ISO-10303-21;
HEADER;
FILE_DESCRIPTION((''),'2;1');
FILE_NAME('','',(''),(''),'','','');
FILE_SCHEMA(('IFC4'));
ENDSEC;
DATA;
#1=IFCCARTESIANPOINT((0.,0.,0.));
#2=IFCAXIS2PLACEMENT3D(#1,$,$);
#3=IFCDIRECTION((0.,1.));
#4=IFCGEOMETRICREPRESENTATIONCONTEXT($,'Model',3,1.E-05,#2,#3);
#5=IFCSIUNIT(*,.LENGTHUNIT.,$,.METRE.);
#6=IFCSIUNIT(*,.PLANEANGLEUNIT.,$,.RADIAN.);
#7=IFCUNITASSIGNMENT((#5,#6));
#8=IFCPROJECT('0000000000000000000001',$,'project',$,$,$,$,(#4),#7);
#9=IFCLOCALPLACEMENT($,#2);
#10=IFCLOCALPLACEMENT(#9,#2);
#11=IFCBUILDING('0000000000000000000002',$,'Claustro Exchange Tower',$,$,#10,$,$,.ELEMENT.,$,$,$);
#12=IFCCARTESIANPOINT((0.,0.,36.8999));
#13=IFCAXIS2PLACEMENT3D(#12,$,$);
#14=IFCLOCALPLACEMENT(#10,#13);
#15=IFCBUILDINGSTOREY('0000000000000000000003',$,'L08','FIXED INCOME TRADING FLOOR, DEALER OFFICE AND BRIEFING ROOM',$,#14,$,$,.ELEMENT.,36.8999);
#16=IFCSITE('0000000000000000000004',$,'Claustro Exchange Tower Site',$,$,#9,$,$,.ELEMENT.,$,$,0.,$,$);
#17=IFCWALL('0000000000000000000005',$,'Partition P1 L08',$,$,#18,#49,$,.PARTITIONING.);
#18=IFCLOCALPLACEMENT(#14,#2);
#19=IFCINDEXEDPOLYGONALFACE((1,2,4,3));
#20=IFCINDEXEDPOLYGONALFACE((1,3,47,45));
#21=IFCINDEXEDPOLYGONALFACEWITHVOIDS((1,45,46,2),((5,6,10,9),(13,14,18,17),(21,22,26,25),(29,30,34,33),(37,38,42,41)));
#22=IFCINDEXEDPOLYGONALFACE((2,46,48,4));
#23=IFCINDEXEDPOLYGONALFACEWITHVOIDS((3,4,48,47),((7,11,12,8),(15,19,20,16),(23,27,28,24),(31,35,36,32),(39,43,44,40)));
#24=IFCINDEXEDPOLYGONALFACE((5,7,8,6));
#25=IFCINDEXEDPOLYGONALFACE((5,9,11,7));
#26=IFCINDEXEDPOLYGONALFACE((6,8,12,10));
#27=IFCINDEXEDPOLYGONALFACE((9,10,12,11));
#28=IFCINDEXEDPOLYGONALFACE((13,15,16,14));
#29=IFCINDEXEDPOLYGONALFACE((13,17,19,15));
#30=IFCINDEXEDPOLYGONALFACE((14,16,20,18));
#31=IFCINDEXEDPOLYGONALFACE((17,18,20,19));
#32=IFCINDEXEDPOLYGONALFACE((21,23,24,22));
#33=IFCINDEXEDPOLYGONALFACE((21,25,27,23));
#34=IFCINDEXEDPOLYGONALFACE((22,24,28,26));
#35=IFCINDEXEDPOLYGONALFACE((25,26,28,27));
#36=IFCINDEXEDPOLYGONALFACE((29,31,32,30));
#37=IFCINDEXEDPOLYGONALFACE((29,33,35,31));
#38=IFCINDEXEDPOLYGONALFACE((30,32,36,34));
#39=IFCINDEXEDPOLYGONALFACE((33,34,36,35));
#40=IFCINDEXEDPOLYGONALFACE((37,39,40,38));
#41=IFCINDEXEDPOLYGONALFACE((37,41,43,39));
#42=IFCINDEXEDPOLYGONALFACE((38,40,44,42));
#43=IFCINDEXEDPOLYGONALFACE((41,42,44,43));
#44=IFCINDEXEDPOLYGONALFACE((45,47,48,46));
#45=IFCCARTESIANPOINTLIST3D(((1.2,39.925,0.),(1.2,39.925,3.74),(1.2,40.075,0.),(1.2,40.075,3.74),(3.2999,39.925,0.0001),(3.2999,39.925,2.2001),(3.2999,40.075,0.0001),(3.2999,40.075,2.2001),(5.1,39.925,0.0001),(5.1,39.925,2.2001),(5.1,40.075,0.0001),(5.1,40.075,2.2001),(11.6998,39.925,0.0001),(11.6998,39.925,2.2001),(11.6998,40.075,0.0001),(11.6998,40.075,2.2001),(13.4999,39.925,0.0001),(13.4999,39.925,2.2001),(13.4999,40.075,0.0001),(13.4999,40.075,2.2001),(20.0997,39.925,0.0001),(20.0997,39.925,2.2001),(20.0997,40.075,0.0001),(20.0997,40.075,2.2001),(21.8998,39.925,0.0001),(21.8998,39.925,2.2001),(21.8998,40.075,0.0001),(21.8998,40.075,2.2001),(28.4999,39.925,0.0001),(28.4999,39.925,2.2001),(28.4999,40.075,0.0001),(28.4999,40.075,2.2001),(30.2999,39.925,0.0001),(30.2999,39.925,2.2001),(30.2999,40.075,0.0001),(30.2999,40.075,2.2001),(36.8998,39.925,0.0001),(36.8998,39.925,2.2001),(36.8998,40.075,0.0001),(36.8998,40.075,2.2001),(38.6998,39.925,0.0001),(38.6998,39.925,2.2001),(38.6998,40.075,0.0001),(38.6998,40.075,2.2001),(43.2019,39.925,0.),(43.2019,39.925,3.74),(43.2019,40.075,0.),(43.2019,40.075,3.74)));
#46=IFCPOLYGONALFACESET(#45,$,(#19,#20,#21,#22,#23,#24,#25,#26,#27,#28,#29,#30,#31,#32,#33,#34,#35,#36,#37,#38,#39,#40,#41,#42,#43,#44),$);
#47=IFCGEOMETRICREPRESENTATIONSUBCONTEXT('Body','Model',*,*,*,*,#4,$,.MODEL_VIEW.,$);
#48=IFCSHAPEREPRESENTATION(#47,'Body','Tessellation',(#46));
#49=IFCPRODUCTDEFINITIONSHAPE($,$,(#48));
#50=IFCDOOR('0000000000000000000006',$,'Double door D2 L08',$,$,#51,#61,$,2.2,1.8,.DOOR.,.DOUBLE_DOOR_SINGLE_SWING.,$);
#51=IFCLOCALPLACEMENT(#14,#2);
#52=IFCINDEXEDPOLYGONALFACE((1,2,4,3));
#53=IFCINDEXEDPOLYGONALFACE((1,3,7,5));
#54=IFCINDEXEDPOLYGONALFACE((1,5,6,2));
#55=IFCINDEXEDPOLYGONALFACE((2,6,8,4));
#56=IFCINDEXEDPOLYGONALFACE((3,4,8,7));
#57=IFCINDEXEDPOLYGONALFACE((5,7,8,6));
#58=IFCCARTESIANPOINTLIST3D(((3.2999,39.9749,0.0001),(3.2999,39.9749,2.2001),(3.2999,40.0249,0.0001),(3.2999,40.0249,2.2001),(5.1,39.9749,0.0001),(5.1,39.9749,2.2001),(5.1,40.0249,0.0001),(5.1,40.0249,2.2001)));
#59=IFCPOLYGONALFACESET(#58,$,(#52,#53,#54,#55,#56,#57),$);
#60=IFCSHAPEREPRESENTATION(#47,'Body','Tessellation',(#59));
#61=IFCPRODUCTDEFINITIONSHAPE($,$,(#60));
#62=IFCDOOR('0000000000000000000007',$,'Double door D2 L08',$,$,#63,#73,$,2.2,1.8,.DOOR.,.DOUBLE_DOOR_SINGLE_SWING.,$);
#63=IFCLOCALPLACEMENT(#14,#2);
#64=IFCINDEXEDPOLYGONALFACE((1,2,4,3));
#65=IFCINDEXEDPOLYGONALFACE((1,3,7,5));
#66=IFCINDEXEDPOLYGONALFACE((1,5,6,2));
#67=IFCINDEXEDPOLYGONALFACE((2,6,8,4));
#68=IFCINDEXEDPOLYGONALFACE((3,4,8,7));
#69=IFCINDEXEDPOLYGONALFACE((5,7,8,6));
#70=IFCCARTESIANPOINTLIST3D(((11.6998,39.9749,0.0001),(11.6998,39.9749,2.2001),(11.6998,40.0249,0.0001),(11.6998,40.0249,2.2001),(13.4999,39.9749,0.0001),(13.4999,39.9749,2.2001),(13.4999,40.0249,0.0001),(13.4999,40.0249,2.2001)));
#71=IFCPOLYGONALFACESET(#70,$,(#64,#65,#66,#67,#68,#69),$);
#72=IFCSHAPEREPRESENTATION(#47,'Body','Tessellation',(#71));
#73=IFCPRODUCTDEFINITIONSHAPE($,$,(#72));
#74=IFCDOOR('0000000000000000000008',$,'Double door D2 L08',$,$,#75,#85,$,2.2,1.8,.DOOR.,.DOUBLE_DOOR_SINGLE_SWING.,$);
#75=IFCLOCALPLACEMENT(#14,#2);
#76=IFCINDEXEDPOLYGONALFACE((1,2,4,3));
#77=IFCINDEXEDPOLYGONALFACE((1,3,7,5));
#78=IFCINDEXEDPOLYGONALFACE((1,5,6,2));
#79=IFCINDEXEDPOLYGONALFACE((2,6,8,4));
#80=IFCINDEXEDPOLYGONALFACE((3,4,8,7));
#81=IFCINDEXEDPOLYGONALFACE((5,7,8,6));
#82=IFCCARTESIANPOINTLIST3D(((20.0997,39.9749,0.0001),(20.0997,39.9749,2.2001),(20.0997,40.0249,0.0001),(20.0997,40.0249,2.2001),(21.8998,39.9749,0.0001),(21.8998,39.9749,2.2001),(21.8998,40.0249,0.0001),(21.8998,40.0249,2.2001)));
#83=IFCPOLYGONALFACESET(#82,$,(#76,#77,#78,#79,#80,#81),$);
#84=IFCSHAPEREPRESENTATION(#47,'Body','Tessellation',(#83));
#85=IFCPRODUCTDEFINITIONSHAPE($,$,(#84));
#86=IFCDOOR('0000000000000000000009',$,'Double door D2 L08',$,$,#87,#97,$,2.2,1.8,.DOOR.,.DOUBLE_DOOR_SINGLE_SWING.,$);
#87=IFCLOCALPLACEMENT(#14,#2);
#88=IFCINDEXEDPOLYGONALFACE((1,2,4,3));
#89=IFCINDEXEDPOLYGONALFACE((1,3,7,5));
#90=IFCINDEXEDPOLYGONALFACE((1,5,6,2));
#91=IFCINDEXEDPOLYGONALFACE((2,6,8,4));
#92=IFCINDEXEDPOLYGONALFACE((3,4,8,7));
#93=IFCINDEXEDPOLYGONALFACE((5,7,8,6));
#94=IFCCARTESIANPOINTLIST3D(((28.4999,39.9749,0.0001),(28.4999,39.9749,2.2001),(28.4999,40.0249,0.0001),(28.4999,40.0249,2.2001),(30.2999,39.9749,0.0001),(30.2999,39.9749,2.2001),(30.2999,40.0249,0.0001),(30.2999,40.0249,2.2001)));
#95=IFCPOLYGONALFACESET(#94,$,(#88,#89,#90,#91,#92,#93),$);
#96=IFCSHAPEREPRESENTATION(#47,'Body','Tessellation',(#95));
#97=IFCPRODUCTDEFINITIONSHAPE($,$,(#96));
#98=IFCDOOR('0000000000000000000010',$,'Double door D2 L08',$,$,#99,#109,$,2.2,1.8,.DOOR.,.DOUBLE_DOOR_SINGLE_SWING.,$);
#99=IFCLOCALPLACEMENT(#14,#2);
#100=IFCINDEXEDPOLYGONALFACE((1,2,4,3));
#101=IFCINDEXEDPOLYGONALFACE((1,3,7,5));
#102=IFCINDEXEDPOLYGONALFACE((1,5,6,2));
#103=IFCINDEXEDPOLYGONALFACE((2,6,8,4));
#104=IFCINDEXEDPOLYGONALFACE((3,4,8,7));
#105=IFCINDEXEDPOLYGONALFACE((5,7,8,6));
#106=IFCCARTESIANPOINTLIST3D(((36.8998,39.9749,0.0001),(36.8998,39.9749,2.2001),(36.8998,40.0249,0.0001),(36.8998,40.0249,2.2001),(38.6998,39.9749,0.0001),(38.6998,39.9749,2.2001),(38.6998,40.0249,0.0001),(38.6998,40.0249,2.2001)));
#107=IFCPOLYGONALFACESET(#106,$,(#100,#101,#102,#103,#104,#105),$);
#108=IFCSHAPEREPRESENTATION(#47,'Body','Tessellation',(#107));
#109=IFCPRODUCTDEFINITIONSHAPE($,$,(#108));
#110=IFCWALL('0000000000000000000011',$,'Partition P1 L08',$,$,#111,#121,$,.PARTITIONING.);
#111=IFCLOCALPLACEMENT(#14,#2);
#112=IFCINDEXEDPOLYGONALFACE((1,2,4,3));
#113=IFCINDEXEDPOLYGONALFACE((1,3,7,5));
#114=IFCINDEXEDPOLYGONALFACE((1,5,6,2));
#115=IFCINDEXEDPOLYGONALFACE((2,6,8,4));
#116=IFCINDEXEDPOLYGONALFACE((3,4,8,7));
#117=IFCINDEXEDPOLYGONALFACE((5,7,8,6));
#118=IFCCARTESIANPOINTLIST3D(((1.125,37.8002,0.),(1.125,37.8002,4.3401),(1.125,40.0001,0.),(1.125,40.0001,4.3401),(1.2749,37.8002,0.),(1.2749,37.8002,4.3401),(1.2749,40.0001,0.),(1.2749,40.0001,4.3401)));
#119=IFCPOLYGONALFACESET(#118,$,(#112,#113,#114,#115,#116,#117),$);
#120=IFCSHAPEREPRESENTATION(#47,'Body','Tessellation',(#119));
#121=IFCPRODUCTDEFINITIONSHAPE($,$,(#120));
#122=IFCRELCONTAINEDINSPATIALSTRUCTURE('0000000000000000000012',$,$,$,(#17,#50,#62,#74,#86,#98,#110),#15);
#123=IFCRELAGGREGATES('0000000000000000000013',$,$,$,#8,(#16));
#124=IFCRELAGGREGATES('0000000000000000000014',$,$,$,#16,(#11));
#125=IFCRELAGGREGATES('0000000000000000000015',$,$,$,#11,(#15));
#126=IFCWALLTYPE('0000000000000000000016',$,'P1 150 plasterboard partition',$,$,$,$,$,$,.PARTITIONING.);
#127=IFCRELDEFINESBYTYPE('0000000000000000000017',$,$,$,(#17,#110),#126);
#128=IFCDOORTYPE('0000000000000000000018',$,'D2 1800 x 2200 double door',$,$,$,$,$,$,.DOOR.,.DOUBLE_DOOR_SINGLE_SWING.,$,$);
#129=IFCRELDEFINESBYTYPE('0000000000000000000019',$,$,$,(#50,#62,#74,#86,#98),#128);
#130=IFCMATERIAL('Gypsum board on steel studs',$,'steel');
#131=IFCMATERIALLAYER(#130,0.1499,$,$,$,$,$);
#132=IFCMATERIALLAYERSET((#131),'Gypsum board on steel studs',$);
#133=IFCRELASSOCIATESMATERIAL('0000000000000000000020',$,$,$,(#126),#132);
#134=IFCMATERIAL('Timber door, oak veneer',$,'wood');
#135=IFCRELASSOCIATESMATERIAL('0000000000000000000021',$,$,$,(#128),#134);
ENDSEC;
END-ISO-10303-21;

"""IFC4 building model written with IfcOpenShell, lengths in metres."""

from ifc_helpers import new_model, si_unit, direction, frame, frame_2d, origin, place, context, subcontext, project, spatial, rectangle, extrude, material, layer, layer_set, type_object, element, fill, save


model = new_model("IFC4")

# Units and contexts
model_context = context("Model", 3, precision=1e-05, world=origin(), true_north=direction((0.0, 1.0)))
body_context = subcontext(model_context, "Body", "Model", "MODEL_VIEW")
ifc_project = project(units=[si_unit("LENGTHUNIT", "METRE"), si_unit("PLANEANGLEUNIT", "RADIAN")], contexts=[model_context])

# Site, building, storey
site_placement = place(None, origin())
site = spatial("IfcSite", under=ifc_project, at=site_placement, Name="Claustro Exchange Tower Site", CompositionType="ELEMENT", RefElevation=0.0)
building_placement = place(site_placement, origin())
building = spatial("IfcBuilding", under=site, at=building_placement, Name="Claustro Exchange Tower", CompositionType="ELEMENT")
storey_placement = place(building_placement, frame((0.0, 0.0, 36.8999)))
storey = spatial("IfcBuildingStorey", under=building, at=storey_placement, Name="L08", Description="FIXED INCOME TRADING FLOOR, DEALER OFFICE AND BRIEFING ROOM", CompositionType="ELEMENT", Elevation=36.8999)

# Shared definitions
ifc_material_1 = material(Name="Gypsum board on steel studs", Category="steel")
ifc_layer_1 = layer(ifc_material_1, 0.1499)
ifc_layer_set_1 = layer_set([ifc_layer_1], Name="Gypsum board on steel studs")
wall_type_1 = type_object("IfcWallType", Name="P1 150 plasterboard partition", PredefinedType="PARTITIONING", material=ifc_layer_set_1)

# Wall, openings, doors
wall_1_placement = place(storey_placement, frame((1.2, 40.0, 0.0), z_axis=(0.0, 0.0, 1.0), x_axis=(1.0, 0.0, 0.0)))
wall_1 = element("IfcWall", 1, at=wall_1_placement, inside=storey, type_object=wall_type_1, Name="Partition P1 L08", PredefinedType="PARTITIONING", context=body_context, shape_type="SweptSolid", body=[
    extrude(rectangle(XDim=42.002, YDim=0.1499, at=frame_2d((21.001, 0.0))), origin(), (0.0, 0.0, 1.0), 3.74),
])
opening_1_placement = place(wall_1_placement, frame((2.1001, 0.0, 0.0)))
opening_1 = element("IfcOpeningElement", 2, at=opening_1_placement, cuts=wall_1, PredefinedType="OPENING", context=body_context, shape_type="SweptSolid", body=[
    extrude(rectangle(XDim=1.8, YDim=2.2, at=frame_2d((0.8999, 1.1001))), frame((0.0, 0.085, 0.0), z_axis=(0.0, -1.0, 0.0), x_axis=(1.0, 0.0, 0.0)), (0.0, 0.0, 1.0), 0.1699),
])
opening_2_placement = place(wall_1_placement, frame((10.5, 0.0, 0.0)))
opening_2 = element("IfcOpeningElement", 3, at=opening_2_placement, cuts=wall_1, PredefinedType="OPENING", context=body_context, shape_type="SweptSolid", body=[
    extrude(rectangle(XDim=1.8, YDim=2.2, at=frame_2d((0.8999, 1.1001))), frame((0.0, 0.085, 0.0), z_axis=(0.0, -1.0, 0.0), x_axis=(1.0, 0.0, 0.0)), (0.0, 0.0, 1.0), 0.1699),
])
opening_3_placement = place(wall_1_placement, frame((18.8999, 0.0, 0.0)))
opening_3 = element("IfcOpeningElement", 4, at=opening_3_placement, cuts=wall_1, PredefinedType="OPENING", context=body_context, shape_type="SweptSolid", body=[
    extrude(rectangle(XDim=1.8, YDim=2.2, at=frame_2d((0.8999, 1.1001))), frame((0.0, 0.085, 0.0), z_axis=(0.0, -1.0, 0.0), x_axis=(1.0, 0.0, 0.0)), (0.0, 0.0, 1.0), 0.1699),
])
opening_4_placement = place(wall_1_placement, frame((27.3, 0.0, 0.0)))
opening_4 = element("IfcOpeningElement", 5, at=opening_4_placement, cuts=wall_1, PredefinedType="OPENING", context=body_context, shape_type="SweptSolid", body=[
    extrude(rectangle(XDim=1.8, YDim=2.2, at=frame_2d((0.8999, 1.1001))), frame((0.0, 0.085, 0.0), z_axis=(0.0, -1.0, 0.0), x_axis=(1.0, 0.0, 0.0)), (0.0, 0.0, 1.0), 0.1699),
])
opening_5_placement = place(wall_1_placement, frame((35.7, 0.0, 0.0)))
opening_5 = element("IfcOpeningElement", 6, at=opening_5_placement, cuts=wall_1, PredefinedType="OPENING", context=body_context, shape_type="SweptSolid", body=[
    extrude(rectangle(XDim=1.8, YDim=2.2, at=frame_2d((0.8999, 1.1001))), frame((0.0, 0.085, 0.0), z_axis=(0.0, -1.0, 0.0), x_axis=(1.0, 0.0, 0.0)), (0.0, 0.0, 1.0), 0.1699),
])
ifc_material_2 = material(Name="Timber door, oak veneer", Category="wood")
door_type_1 = type_object("IfcDoorType", Name="D2 1800 x 2200 double door", OperationType="DOUBLE_DOOR_SINGLE_SWING", PredefinedType="DOOR", material=ifc_material_2)
door_1_placement = place(opening_1_placement, origin())
door_1 = element("IfcDoor", 7, at=door_1_placement, inside=storey, type_object=door_type_1, Name="Double door D2 L08", OperationType="DOUBLE_DOOR_SINGLE_SWING", OverallHeight=2.2, OverallWidth=1.8, PredefinedType="DOOR", context=body_context, shape_type="SweptSolid", body=[
    extrude(rectangle(XDim=1.8, YDim=2.2, at=frame_2d((0.8999, 1.1001))), frame((0.0, 0.0249, 0.0), z_axis=(0.0, -1.0, 0.0), x_axis=(1.0, 0.0, 0.0)), (0.0, 0.0, 1.0), 0.05),
])
fill(opening_1, door_1)
door_2_placement = place(opening_2_placement, origin())
door_2 = element("IfcDoor", 8, at=door_2_placement, inside=storey, type_object=door_type_1, Name="Double door D2 L08", OperationType="DOUBLE_DOOR_SINGLE_SWING", OverallHeight=2.2, OverallWidth=1.8, PredefinedType="DOOR", context=body_context, shape_type="SweptSolid", body=[
    extrude(rectangle(XDim=1.8, YDim=2.2, at=frame_2d((0.8999, 1.1001))), frame((0.0, 0.0249, 0.0), z_axis=(0.0, -1.0, 0.0), x_axis=(1.0, 0.0, 0.0)), (0.0, 0.0, 1.0), 0.05),
])
fill(opening_2, door_2)
door_3_placement = place(opening_3_placement, origin())
door_3 = element("IfcDoor", 9, at=door_3_placement, inside=storey, type_object=door_type_1, Name="Double door D2 L08", OperationType="DOUBLE_DOOR_SINGLE_SWING", OverallHeight=2.2, OverallWidth=1.8, PredefinedType="DOOR", context=body_context, shape_type="SweptSolid", body=[
    extrude(rectangle(XDim=1.8, YDim=2.2, at=frame_2d((0.8999, 1.1001))), frame((0.0, 0.0249, 0.0), z_axis=(0.0, -1.0, 0.0), x_axis=(1.0, 0.0, 0.0)), (0.0, 0.0, 1.0), 0.05),
])
fill(opening_3, door_3)
door_4_placement = place(opening_4_placement, origin())
door_4 = element("IfcDoor", 10, at=door_4_placement, inside=storey, type_object=door_type_1, Name="Double door D2 L08", OperationType="DOUBLE_DOOR_SINGLE_SWING", OverallHeight=2.2, OverallWidth=1.8, PredefinedType="DOOR", context=body_context, shape_type="SweptSolid", body=[
    extrude(rectangle(XDim=1.8, YDim=2.2, at=frame_2d((0.8999, 1.1001))), frame((0.0, 0.0249, 0.0), z_axis=(0.0, -1.0, 0.0), x_axis=(1.0, 0.0, 0.0)), (0.0, 0.0, 1.0), 0.05),
])
fill(opening_4, door_4)
door_5_placement = place(opening_5_placement, origin())
door_5 = element("IfcDoor", 11, at=door_5_placement, inside=storey, type_object=door_type_1, Name="Double door D2 L08", OperationType="DOUBLE_DOOR_SINGLE_SWING", OverallHeight=2.2, OverallWidth=1.8, PredefinedType="DOOR", context=body_context, shape_type="SweptSolid", body=[
    extrude(rectangle(XDim=1.8, YDim=2.2, at=frame_2d((0.8999, 1.1001))), frame((0.0, 0.0249, 0.0), z_axis=(0.0, -1.0, 0.0), x_axis=(1.0, 0.0, 0.0)), (0.0, 0.0, 1.0), 0.05),
])
fill(opening_5, door_5)

# Wall
wall_2_placement = place(storey_placement, frame((1.2, 37.8, 0.0), z_axis=(0.0, 0.0, 1.0), x_axis=(0.0, 1.0, 0.0)))
element("IfcWall", 12, at=wall_2_placement, inside=storey, type_object=wall_type_1, Name="Partition P1 L08", PredefinedType="PARTITIONING", context=body_context, shape_type="SweptSolid", body=[
    extrude(rectangle(XDim=2.2, YDim=0.1499, at=frame_2d((1.1001, 0.0))), origin(), (0.0, 0.0, 1.0), 4.3401),
])

save(model, "model.ifc")
